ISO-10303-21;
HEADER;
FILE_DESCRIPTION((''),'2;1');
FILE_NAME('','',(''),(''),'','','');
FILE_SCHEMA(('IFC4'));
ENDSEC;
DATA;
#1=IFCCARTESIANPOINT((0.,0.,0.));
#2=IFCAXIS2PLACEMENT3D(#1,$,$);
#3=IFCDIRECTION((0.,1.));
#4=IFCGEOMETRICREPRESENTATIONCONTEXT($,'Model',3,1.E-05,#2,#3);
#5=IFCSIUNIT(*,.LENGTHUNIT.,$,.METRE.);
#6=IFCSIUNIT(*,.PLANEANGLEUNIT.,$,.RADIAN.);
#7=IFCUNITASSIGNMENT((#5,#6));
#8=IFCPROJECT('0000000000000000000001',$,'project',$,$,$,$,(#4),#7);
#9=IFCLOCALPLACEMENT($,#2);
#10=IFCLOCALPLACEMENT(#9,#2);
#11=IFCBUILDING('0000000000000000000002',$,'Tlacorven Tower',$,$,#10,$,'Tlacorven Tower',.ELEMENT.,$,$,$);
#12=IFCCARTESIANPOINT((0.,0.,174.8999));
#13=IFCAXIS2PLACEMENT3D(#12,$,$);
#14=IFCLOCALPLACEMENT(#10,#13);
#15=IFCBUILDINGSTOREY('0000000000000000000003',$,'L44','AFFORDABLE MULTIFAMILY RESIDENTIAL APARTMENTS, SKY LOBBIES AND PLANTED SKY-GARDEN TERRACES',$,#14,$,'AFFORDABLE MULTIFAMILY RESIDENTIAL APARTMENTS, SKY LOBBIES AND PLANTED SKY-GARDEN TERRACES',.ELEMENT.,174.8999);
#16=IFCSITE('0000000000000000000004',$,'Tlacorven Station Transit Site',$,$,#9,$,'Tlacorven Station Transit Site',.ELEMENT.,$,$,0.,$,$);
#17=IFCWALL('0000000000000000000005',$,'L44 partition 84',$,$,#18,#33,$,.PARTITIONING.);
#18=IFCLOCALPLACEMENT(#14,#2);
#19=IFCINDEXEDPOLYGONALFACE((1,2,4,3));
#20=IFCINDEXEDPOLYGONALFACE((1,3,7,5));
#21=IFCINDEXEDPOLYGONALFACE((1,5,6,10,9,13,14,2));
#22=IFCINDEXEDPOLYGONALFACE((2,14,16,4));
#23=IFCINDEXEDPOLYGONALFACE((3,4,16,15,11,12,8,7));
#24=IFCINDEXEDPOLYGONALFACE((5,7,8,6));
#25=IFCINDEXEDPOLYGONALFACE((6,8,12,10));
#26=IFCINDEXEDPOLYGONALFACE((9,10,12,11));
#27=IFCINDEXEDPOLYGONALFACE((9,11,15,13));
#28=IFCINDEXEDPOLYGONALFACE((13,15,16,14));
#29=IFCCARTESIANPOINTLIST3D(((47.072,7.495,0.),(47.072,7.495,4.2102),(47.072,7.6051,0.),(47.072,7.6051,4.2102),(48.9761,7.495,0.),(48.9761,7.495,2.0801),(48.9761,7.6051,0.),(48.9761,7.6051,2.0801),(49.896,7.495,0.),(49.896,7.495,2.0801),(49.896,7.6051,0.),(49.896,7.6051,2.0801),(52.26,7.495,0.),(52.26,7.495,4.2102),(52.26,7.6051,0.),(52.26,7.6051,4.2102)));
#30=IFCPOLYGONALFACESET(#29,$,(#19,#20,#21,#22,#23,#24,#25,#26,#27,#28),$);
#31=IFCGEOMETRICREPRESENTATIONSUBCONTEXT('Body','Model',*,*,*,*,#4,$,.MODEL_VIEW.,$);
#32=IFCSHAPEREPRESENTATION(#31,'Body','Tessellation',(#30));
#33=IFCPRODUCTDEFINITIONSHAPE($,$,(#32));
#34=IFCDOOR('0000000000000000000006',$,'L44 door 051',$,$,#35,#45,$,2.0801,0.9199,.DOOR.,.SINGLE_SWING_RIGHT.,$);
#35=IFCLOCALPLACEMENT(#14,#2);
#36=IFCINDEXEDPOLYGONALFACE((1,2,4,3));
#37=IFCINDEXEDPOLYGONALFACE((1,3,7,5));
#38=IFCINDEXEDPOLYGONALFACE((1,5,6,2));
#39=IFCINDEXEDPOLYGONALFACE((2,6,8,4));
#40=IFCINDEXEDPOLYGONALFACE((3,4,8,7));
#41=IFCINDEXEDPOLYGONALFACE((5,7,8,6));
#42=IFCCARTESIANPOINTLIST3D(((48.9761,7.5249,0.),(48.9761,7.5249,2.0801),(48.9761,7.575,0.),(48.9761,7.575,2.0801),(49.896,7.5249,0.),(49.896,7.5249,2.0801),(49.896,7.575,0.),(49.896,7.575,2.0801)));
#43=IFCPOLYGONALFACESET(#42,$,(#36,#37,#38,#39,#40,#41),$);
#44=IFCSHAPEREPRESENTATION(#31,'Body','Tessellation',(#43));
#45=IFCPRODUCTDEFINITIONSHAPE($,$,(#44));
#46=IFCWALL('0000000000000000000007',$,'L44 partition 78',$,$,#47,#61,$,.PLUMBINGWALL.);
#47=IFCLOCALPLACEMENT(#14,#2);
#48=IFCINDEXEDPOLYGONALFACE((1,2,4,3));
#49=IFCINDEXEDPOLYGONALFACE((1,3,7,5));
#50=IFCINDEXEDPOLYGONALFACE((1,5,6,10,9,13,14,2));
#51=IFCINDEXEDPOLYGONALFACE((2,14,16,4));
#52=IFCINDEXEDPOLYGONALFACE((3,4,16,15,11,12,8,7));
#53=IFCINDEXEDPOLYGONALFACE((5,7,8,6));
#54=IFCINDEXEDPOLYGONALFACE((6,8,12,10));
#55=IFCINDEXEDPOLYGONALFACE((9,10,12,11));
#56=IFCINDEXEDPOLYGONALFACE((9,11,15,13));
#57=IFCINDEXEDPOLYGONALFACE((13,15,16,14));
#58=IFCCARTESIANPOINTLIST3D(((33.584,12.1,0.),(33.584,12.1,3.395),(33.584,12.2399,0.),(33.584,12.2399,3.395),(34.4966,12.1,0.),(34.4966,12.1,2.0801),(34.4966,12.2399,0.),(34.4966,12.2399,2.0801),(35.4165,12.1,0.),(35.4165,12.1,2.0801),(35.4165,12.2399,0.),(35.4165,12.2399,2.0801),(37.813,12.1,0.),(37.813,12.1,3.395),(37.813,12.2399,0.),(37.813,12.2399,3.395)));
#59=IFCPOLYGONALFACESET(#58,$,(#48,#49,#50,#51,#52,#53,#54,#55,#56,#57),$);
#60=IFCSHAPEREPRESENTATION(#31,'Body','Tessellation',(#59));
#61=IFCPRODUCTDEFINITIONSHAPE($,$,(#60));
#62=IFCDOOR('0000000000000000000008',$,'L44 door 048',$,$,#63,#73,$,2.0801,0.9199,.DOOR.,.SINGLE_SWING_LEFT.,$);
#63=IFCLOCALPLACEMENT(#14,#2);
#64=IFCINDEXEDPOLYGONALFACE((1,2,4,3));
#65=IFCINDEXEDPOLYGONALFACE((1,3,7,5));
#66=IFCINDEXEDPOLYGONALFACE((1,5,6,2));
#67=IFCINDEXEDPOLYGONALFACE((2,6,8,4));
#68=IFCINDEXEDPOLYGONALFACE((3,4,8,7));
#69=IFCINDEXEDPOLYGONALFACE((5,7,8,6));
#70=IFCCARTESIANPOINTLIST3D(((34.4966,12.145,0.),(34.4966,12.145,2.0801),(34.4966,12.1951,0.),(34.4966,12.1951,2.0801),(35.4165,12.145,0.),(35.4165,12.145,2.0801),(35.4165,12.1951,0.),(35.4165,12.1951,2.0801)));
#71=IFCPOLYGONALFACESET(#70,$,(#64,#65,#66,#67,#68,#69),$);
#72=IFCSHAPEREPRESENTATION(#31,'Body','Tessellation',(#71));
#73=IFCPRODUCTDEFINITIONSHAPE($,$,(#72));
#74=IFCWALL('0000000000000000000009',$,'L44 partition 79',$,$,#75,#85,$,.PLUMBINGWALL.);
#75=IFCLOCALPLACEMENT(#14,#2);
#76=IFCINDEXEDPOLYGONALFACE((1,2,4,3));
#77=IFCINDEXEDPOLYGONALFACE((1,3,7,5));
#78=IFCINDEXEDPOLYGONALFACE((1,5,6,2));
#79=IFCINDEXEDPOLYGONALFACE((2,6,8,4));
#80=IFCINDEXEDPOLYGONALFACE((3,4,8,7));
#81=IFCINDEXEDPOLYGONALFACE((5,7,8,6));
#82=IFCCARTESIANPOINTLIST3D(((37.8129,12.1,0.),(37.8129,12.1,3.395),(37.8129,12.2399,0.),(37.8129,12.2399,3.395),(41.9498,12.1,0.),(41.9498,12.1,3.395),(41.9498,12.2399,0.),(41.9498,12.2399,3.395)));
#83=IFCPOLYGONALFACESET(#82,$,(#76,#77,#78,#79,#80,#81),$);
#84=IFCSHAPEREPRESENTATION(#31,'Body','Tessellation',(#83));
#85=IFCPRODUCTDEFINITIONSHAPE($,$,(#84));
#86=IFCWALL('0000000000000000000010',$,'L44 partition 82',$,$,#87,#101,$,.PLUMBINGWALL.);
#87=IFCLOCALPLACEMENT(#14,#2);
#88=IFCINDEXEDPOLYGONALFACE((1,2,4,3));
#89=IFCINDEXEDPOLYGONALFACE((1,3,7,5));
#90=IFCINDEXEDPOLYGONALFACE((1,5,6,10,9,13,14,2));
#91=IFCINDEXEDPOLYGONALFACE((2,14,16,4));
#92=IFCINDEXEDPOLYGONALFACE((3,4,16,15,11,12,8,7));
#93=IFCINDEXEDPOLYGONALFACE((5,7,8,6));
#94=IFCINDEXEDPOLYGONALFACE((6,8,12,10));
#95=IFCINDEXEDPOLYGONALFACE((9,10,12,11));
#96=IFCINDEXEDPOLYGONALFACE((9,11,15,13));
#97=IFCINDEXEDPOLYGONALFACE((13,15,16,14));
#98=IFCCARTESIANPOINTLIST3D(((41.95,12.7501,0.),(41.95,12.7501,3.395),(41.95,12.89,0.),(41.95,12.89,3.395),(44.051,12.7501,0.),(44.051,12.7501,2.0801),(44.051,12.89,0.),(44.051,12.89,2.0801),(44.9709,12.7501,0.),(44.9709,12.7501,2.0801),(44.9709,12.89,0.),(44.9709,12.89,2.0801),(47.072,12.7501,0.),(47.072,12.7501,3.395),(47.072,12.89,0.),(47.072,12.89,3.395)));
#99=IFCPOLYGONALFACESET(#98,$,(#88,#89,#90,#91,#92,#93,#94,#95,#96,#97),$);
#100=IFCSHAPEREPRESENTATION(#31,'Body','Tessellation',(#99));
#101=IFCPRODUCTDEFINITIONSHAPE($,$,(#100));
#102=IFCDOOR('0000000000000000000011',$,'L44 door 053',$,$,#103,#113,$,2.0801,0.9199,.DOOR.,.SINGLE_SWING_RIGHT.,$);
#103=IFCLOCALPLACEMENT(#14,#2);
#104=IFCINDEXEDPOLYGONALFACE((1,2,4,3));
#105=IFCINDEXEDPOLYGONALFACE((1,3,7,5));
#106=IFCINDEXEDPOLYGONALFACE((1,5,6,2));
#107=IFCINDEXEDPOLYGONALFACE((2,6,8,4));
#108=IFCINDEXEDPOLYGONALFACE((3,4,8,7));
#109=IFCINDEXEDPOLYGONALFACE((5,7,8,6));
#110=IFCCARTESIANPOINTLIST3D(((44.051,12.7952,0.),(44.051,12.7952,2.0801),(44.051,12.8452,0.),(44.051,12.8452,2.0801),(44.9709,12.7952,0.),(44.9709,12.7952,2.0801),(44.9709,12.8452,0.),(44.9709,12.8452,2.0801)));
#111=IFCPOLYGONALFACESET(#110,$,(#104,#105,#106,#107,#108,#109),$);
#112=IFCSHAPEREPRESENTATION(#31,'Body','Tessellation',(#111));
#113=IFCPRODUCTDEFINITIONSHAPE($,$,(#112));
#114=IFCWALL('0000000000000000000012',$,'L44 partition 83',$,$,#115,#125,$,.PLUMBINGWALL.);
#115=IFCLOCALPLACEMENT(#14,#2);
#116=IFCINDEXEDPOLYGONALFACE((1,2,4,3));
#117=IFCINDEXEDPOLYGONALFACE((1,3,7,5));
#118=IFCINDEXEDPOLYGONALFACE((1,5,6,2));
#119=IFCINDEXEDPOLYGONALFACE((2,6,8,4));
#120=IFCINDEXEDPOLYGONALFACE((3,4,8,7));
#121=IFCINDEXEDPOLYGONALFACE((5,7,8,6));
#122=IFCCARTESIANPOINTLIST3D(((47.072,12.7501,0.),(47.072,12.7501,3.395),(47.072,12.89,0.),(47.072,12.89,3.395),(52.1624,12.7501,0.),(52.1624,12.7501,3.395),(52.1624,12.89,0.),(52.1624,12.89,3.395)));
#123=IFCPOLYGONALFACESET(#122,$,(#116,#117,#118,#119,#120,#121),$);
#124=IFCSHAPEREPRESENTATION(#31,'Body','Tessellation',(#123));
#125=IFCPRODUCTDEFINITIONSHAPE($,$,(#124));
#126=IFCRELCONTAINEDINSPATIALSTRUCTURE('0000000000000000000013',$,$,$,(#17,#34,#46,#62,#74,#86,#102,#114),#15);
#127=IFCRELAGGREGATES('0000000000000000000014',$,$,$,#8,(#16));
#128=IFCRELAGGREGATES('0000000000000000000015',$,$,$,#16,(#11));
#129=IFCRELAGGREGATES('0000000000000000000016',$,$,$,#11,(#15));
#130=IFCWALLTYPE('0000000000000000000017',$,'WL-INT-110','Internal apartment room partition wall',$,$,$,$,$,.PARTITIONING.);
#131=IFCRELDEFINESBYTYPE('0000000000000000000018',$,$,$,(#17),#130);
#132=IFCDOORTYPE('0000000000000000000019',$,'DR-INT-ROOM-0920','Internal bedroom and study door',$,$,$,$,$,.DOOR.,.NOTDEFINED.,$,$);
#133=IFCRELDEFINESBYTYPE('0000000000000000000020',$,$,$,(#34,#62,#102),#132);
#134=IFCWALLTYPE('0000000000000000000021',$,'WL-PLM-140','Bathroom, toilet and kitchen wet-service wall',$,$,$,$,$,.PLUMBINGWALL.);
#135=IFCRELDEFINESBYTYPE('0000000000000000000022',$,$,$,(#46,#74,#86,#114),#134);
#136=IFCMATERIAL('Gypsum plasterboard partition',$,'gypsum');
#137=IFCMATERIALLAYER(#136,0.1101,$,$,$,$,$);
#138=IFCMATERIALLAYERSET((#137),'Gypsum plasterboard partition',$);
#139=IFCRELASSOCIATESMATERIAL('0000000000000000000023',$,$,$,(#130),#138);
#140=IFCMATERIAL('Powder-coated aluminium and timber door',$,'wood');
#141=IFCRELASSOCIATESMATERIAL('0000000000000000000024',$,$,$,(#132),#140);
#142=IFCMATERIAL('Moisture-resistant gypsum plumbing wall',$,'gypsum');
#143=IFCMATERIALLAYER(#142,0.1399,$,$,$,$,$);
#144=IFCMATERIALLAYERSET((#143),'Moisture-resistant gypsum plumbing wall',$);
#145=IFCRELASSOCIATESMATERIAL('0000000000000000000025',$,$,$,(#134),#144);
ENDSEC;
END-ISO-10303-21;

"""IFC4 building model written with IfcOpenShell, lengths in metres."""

from ifc_helpers import new_model, si_unit, direction, frame, frame_2d, origin, place, context, subcontext, project, spatial, rectangle, extrude, source, transform, mapped, material, layer, layer_set, type_object, element, fill, save


model = new_model("IFC4")

# Units and contexts
model_context = context("Model", 3, precision=1e-05, world=origin(), true_north=direction((0.0, 1.0)))
body_context = subcontext(model_context, "Body", "Model", "MODEL_VIEW")
ifc_project = project(units=[si_unit("LENGTHUNIT", "METRE"), si_unit("PLANEANGLEUNIT", "RADIAN")], contexts=[model_context])

# Site, building, storey
site_placement = place(None, origin())
site = spatial("IfcSite", under=ifc_project, at=site_placement, Name="Tlacorven Station Transit Site", LongName="Tlacorven Station Transit Site", CompositionType="ELEMENT", RefElevation=0.0)
building_placement = place(site_placement, origin())
building = spatial("IfcBuilding", under=site, at=building_placement, Name="Tlacorven Tower", LongName="Tlacorven Tower", CompositionType="ELEMENT")
storey_placement = place(building_placement, frame((0.0, 0.0, 174.8999)))
storey = spatial("IfcBuildingStorey", under=building, at=storey_placement, Name="L44", Description="AFFORDABLE MULTIFAMILY RESIDENTIAL APARTMENTS, SKY LOBBIES AND PLANTED SKY-GARDEN TERRACES", LongName="AFFORDABLE MULTIFAMILY RESIDENTIAL APARTMENTS, SKY LOBBIES AND PLANTED SKY-GARDEN TERRACES", CompositionType="ELEMENT", Elevation=174.8999)

# Walls, openings, doors
ifc_material_1 = material(Name="Gypsum plasterboard partition", Category="gypsum")
ifc_layer_1 = layer(ifc_material_1, 0.1101)
ifc_layer_set_1 = layer_set([ifc_layer_1], Name="Gypsum plasterboard partition")
wall_type_1 = type_object("IfcWallType", Name="WL-INT-110", Description="Internal apartment room partition wall", PredefinedType="PARTITIONING", material=ifc_layer_set_1)
ifc_material_2 = material(Name="Powder-coated aluminium and timber door", Category="wood")
door_type_1 = type_object("IfcDoorType", Name="DR-INT-ROOM-0920", Description="Internal bedroom and study door", OperationType="NOTDEFINED", PredefinedType="DOOR", material=ifc_material_2)
shared_shape_1 = source(origin(), body_context, "Body", "SweptSolid", [
    extrude(rectangle(XDim=0.9199, YDim=2.0801, at=frame_2d((0.46, 1.04))), frame((0.0, 0.0249, 0.0), z_axis=(0.0, -1.0, 0.0), x_axis=(1.0, 0.0, 0.0)), (0.0, 0.0, 1.0), 0.05),
])
wall_1_placement = place(storey_placement, frame((47.072, 7.55, 0.0), z_axis=(0.0, 0.0, 1.0), x_axis=(1.0, 0.0, 0.0)))
wall_1 = element("IfcWall", 1, at=wall_1_placement, inside=storey, type_object=wall_type_1, Name="L44 partition 84", PredefinedType="PARTITIONING", context=body_context, shape_type="SweptSolid", body=[
    extrude(rectangle(XDim=5.188, YDim=0.1101, at=frame_2d((2.594, 0.0))), origin(), (0.0, 0.0, 1.0), 4.2102),
])
opening_1_placement = place(wall_1_placement, frame((1.9041, 0.0, 0.0)))
opening_1 = element("IfcOpeningElement", 2, at=opening_1_placement, cuts=wall_1, PredefinedType="OPENING", context=body_context, shape_type="SweptSolid", body=[
    extrude(rectangle(XDim=0.9199, YDim=2.0801, at=frame_2d((0.46, 1.04))), frame((0.0, 0.0649, 0.0), z_axis=(0.0, -1.0, 0.0), x_axis=(1.0, 0.0, 0.0)), (0.0, 0.0, 1.0), 0.1301),
])
door_1_placement = place(opening_1_placement, origin())
door_1 = element("IfcDoor", 3, at=door_1_placement, inside=storey, type_object=door_type_1, Name="L44 door 051", OperationType="SINGLE_SWING_RIGHT", OverallHeight=2.0801, OverallWidth=0.9199, PredefinedType="DOOR", context=body_context, shape_type="MappedRepresentation", body=[
    mapped(shared_shape_1, transform((0.0, 0.0, 0.0), scale=1.0)),
])
fill(opening_1, door_1)
ifc_material_3 = material(Name="Moisture-resistant gypsum plumbing wall", Category="gypsum")
ifc_layer_2 = layer(ifc_material_3, 0.1399)
ifc_layer_set_2 = layer_set([ifc_layer_2], Name="Moisture-resistant gypsum plumbing wall")
wall_type_2 = type_object("IfcWallType", Name="WL-PLM-140", Description="Bathroom, toilet and kitchen wet-service wall", PredefinedType="PLUMBINGWALL", material=ifc_layer_set_2)
wall_2_placement = place(storey_placement, frame((33.584, 12.1699, 0.0), z_axis=(0.0, 0.0, 1.0), x_axis=(1.0, 0.0, 0.0)))
wall_2 = element("IfcWall", 4, at=wall_2_placement, inside=storey, type_object=wall_type_2, Name="L44 partition 78", PredefinedType="PLUMBINGWALL", context=body_context, shape_type="SweptSolid", body=[
    extrude(rectangle(XDim=4.229, YDim=0.1399, at=frame_2d((2.1145, 0.0))), origin(), (0.0, 0.0, 1.0), 3.395),
])
opening_2_placement = place(wall_2_placement, frame((0.9126, 0.0, 0.0)))
opening_2 = element("IfcOpeningElement", 5, at=opening_2_placement, cuts=wall_2, PredefinedType="OPENING", context=body_context, shape_type="SweptSolid", body=[
    extrude(rectangle(XDim=0.9199, YDim=2.0801, at=frame_2d((0.46, 1.04))), frame((0.0, 0.0801, 0.0), z_axis=(0.0, -1.0, 0.0), x_axis=(1.0, 0.0, 0.0)), (0.0, 0.0, 1.0), 0.1599),
])
door_2_placement = place(opening_2_placement, frame((0.9199, 0.0, 0.0), z_axis=(0.0, 0.0, 1.0), x_axis=(-1.0, 0.0, 0.0)))
door_2 = element("IfcDoor", 6, at=door_2_placement, inside=storey, type_object=door_type_1, Name="L44 door 048", OperationType="SINGLE_SWING_LEFT", OverallHeight=2.0801, OverallWidth=0.9199, PredefinedType="DOOR", context=body_context, shape_type="MappedRepresentation", body=[
    mapped(shared_shape_1, transform((0.0, 0.0, 0.0), scale=1.0)),
])
fill(opening_2, door_2)

# Wall
wall_3_placement = place(storey_placement, frame((37.813, 12.1699, 0.0), z_axis=(0.0, 0.0, 1.0), x_axis=(1.0, 0.0, 0.0)))
element("IfcWall", 7, at=wall_3_placement, inside=storey, type_object=wall_type_2, Name="L44 partition 79", PredefinedType="PLUMBINGWALL", context=body_context, shape_type="SweptSolid", body=[
    extrude(rectangle(XDim=4.137, YDim=0.1399, at=frame_2d((2.0684, 0.0))), origin(), (0.0, 0.0, 1.0), 3.395),
])

# Wall, opening, door
wall_4_placement = place(storey_placement, frame((41.95, 12.8201, 0.0), z_axis=(0.0, 0.0, 1.0), x_axis=(1.0, 0.0, 0.0)))
wall_4 = element("IfcWall", 8, at=wall_4_placement, inside=storey, type_object=wall_type_2, Name="L44 partition 82", PredefinedType="PLUMBINGWALL", context=body_context, shape_type="SweptSolid", body=[
    extrude(rectangle(XDim=5.1221, YDim=0.1399, at=frame_2d((2.561, 0.0))), origin(), (0.0, 0.0, 1.0), 3.395),
])
opening_3_placement = place(wall_4_placement, frame((2.1011, 0.0, 0.0)))
opening_3 = element("IfcOpeningElement", 9, at=opening_3_placement, cuts=wall_4, PredefinedType="OPENING", context=body_context, shape_type="SweptSolid", body=[
    extrude(rectangle(XDim=0.9199, YDim=2.0801, at=frame_2d((0.46, 1.04))), frame((0.0, 0.0801, 0.0), z_axis=(0.0, -1.0, 0.0), x_axis=(1.0, 0.0, 0.0)), (0.0, 0.0, 1.0), 0.1599),
])
door_3_placement = place(opening_3_placement, frame((0.9199, 0.0, 0.0), z_axis=(0.0, 0.0, 1.0), x_axis=(-1.0, 0.0, 0.0)))
door_3 = element("IfcDoor", 10, at=door_3_placement, inside=storey, type_object=door_type_1, Name="L44 door 053", OperationType="SINGLE_SWING_RIGHT", OverallHeight=2.0801, OverallWidth=0.9199, PredefinedType="DOOR", context=body_context, shape_type="MappedRepresentation", body=[
    mapped(shared_shape_1, transform((0.0, 0.0, 0.0), scale=1.0)),
])
fill(opening_3, door_3)

# Wall
wall_5_placement = place(storey_placement, frame((47.072, 12.8201, 0.0), z_axis=(0.0, 0.0, 1.0), x_axis=(1.0, 0.0, 0.0)))
element("IfcWall", 11, at=wall_5_placement, inside=storey, type_object=wall_type_2, Name="L44 partition 83", PredefinedType="PLUMBINGWALL", context=body_context, shape_type="SweptSolid", body=[
    extrude(rectangle(XDim=5.0903, YDim=0.1399, at=frame_2d((2.5452, 0.0))), origin(), (0.0, 0.0, 1.0), 3.395),
])

save(model, "model.ifc")
